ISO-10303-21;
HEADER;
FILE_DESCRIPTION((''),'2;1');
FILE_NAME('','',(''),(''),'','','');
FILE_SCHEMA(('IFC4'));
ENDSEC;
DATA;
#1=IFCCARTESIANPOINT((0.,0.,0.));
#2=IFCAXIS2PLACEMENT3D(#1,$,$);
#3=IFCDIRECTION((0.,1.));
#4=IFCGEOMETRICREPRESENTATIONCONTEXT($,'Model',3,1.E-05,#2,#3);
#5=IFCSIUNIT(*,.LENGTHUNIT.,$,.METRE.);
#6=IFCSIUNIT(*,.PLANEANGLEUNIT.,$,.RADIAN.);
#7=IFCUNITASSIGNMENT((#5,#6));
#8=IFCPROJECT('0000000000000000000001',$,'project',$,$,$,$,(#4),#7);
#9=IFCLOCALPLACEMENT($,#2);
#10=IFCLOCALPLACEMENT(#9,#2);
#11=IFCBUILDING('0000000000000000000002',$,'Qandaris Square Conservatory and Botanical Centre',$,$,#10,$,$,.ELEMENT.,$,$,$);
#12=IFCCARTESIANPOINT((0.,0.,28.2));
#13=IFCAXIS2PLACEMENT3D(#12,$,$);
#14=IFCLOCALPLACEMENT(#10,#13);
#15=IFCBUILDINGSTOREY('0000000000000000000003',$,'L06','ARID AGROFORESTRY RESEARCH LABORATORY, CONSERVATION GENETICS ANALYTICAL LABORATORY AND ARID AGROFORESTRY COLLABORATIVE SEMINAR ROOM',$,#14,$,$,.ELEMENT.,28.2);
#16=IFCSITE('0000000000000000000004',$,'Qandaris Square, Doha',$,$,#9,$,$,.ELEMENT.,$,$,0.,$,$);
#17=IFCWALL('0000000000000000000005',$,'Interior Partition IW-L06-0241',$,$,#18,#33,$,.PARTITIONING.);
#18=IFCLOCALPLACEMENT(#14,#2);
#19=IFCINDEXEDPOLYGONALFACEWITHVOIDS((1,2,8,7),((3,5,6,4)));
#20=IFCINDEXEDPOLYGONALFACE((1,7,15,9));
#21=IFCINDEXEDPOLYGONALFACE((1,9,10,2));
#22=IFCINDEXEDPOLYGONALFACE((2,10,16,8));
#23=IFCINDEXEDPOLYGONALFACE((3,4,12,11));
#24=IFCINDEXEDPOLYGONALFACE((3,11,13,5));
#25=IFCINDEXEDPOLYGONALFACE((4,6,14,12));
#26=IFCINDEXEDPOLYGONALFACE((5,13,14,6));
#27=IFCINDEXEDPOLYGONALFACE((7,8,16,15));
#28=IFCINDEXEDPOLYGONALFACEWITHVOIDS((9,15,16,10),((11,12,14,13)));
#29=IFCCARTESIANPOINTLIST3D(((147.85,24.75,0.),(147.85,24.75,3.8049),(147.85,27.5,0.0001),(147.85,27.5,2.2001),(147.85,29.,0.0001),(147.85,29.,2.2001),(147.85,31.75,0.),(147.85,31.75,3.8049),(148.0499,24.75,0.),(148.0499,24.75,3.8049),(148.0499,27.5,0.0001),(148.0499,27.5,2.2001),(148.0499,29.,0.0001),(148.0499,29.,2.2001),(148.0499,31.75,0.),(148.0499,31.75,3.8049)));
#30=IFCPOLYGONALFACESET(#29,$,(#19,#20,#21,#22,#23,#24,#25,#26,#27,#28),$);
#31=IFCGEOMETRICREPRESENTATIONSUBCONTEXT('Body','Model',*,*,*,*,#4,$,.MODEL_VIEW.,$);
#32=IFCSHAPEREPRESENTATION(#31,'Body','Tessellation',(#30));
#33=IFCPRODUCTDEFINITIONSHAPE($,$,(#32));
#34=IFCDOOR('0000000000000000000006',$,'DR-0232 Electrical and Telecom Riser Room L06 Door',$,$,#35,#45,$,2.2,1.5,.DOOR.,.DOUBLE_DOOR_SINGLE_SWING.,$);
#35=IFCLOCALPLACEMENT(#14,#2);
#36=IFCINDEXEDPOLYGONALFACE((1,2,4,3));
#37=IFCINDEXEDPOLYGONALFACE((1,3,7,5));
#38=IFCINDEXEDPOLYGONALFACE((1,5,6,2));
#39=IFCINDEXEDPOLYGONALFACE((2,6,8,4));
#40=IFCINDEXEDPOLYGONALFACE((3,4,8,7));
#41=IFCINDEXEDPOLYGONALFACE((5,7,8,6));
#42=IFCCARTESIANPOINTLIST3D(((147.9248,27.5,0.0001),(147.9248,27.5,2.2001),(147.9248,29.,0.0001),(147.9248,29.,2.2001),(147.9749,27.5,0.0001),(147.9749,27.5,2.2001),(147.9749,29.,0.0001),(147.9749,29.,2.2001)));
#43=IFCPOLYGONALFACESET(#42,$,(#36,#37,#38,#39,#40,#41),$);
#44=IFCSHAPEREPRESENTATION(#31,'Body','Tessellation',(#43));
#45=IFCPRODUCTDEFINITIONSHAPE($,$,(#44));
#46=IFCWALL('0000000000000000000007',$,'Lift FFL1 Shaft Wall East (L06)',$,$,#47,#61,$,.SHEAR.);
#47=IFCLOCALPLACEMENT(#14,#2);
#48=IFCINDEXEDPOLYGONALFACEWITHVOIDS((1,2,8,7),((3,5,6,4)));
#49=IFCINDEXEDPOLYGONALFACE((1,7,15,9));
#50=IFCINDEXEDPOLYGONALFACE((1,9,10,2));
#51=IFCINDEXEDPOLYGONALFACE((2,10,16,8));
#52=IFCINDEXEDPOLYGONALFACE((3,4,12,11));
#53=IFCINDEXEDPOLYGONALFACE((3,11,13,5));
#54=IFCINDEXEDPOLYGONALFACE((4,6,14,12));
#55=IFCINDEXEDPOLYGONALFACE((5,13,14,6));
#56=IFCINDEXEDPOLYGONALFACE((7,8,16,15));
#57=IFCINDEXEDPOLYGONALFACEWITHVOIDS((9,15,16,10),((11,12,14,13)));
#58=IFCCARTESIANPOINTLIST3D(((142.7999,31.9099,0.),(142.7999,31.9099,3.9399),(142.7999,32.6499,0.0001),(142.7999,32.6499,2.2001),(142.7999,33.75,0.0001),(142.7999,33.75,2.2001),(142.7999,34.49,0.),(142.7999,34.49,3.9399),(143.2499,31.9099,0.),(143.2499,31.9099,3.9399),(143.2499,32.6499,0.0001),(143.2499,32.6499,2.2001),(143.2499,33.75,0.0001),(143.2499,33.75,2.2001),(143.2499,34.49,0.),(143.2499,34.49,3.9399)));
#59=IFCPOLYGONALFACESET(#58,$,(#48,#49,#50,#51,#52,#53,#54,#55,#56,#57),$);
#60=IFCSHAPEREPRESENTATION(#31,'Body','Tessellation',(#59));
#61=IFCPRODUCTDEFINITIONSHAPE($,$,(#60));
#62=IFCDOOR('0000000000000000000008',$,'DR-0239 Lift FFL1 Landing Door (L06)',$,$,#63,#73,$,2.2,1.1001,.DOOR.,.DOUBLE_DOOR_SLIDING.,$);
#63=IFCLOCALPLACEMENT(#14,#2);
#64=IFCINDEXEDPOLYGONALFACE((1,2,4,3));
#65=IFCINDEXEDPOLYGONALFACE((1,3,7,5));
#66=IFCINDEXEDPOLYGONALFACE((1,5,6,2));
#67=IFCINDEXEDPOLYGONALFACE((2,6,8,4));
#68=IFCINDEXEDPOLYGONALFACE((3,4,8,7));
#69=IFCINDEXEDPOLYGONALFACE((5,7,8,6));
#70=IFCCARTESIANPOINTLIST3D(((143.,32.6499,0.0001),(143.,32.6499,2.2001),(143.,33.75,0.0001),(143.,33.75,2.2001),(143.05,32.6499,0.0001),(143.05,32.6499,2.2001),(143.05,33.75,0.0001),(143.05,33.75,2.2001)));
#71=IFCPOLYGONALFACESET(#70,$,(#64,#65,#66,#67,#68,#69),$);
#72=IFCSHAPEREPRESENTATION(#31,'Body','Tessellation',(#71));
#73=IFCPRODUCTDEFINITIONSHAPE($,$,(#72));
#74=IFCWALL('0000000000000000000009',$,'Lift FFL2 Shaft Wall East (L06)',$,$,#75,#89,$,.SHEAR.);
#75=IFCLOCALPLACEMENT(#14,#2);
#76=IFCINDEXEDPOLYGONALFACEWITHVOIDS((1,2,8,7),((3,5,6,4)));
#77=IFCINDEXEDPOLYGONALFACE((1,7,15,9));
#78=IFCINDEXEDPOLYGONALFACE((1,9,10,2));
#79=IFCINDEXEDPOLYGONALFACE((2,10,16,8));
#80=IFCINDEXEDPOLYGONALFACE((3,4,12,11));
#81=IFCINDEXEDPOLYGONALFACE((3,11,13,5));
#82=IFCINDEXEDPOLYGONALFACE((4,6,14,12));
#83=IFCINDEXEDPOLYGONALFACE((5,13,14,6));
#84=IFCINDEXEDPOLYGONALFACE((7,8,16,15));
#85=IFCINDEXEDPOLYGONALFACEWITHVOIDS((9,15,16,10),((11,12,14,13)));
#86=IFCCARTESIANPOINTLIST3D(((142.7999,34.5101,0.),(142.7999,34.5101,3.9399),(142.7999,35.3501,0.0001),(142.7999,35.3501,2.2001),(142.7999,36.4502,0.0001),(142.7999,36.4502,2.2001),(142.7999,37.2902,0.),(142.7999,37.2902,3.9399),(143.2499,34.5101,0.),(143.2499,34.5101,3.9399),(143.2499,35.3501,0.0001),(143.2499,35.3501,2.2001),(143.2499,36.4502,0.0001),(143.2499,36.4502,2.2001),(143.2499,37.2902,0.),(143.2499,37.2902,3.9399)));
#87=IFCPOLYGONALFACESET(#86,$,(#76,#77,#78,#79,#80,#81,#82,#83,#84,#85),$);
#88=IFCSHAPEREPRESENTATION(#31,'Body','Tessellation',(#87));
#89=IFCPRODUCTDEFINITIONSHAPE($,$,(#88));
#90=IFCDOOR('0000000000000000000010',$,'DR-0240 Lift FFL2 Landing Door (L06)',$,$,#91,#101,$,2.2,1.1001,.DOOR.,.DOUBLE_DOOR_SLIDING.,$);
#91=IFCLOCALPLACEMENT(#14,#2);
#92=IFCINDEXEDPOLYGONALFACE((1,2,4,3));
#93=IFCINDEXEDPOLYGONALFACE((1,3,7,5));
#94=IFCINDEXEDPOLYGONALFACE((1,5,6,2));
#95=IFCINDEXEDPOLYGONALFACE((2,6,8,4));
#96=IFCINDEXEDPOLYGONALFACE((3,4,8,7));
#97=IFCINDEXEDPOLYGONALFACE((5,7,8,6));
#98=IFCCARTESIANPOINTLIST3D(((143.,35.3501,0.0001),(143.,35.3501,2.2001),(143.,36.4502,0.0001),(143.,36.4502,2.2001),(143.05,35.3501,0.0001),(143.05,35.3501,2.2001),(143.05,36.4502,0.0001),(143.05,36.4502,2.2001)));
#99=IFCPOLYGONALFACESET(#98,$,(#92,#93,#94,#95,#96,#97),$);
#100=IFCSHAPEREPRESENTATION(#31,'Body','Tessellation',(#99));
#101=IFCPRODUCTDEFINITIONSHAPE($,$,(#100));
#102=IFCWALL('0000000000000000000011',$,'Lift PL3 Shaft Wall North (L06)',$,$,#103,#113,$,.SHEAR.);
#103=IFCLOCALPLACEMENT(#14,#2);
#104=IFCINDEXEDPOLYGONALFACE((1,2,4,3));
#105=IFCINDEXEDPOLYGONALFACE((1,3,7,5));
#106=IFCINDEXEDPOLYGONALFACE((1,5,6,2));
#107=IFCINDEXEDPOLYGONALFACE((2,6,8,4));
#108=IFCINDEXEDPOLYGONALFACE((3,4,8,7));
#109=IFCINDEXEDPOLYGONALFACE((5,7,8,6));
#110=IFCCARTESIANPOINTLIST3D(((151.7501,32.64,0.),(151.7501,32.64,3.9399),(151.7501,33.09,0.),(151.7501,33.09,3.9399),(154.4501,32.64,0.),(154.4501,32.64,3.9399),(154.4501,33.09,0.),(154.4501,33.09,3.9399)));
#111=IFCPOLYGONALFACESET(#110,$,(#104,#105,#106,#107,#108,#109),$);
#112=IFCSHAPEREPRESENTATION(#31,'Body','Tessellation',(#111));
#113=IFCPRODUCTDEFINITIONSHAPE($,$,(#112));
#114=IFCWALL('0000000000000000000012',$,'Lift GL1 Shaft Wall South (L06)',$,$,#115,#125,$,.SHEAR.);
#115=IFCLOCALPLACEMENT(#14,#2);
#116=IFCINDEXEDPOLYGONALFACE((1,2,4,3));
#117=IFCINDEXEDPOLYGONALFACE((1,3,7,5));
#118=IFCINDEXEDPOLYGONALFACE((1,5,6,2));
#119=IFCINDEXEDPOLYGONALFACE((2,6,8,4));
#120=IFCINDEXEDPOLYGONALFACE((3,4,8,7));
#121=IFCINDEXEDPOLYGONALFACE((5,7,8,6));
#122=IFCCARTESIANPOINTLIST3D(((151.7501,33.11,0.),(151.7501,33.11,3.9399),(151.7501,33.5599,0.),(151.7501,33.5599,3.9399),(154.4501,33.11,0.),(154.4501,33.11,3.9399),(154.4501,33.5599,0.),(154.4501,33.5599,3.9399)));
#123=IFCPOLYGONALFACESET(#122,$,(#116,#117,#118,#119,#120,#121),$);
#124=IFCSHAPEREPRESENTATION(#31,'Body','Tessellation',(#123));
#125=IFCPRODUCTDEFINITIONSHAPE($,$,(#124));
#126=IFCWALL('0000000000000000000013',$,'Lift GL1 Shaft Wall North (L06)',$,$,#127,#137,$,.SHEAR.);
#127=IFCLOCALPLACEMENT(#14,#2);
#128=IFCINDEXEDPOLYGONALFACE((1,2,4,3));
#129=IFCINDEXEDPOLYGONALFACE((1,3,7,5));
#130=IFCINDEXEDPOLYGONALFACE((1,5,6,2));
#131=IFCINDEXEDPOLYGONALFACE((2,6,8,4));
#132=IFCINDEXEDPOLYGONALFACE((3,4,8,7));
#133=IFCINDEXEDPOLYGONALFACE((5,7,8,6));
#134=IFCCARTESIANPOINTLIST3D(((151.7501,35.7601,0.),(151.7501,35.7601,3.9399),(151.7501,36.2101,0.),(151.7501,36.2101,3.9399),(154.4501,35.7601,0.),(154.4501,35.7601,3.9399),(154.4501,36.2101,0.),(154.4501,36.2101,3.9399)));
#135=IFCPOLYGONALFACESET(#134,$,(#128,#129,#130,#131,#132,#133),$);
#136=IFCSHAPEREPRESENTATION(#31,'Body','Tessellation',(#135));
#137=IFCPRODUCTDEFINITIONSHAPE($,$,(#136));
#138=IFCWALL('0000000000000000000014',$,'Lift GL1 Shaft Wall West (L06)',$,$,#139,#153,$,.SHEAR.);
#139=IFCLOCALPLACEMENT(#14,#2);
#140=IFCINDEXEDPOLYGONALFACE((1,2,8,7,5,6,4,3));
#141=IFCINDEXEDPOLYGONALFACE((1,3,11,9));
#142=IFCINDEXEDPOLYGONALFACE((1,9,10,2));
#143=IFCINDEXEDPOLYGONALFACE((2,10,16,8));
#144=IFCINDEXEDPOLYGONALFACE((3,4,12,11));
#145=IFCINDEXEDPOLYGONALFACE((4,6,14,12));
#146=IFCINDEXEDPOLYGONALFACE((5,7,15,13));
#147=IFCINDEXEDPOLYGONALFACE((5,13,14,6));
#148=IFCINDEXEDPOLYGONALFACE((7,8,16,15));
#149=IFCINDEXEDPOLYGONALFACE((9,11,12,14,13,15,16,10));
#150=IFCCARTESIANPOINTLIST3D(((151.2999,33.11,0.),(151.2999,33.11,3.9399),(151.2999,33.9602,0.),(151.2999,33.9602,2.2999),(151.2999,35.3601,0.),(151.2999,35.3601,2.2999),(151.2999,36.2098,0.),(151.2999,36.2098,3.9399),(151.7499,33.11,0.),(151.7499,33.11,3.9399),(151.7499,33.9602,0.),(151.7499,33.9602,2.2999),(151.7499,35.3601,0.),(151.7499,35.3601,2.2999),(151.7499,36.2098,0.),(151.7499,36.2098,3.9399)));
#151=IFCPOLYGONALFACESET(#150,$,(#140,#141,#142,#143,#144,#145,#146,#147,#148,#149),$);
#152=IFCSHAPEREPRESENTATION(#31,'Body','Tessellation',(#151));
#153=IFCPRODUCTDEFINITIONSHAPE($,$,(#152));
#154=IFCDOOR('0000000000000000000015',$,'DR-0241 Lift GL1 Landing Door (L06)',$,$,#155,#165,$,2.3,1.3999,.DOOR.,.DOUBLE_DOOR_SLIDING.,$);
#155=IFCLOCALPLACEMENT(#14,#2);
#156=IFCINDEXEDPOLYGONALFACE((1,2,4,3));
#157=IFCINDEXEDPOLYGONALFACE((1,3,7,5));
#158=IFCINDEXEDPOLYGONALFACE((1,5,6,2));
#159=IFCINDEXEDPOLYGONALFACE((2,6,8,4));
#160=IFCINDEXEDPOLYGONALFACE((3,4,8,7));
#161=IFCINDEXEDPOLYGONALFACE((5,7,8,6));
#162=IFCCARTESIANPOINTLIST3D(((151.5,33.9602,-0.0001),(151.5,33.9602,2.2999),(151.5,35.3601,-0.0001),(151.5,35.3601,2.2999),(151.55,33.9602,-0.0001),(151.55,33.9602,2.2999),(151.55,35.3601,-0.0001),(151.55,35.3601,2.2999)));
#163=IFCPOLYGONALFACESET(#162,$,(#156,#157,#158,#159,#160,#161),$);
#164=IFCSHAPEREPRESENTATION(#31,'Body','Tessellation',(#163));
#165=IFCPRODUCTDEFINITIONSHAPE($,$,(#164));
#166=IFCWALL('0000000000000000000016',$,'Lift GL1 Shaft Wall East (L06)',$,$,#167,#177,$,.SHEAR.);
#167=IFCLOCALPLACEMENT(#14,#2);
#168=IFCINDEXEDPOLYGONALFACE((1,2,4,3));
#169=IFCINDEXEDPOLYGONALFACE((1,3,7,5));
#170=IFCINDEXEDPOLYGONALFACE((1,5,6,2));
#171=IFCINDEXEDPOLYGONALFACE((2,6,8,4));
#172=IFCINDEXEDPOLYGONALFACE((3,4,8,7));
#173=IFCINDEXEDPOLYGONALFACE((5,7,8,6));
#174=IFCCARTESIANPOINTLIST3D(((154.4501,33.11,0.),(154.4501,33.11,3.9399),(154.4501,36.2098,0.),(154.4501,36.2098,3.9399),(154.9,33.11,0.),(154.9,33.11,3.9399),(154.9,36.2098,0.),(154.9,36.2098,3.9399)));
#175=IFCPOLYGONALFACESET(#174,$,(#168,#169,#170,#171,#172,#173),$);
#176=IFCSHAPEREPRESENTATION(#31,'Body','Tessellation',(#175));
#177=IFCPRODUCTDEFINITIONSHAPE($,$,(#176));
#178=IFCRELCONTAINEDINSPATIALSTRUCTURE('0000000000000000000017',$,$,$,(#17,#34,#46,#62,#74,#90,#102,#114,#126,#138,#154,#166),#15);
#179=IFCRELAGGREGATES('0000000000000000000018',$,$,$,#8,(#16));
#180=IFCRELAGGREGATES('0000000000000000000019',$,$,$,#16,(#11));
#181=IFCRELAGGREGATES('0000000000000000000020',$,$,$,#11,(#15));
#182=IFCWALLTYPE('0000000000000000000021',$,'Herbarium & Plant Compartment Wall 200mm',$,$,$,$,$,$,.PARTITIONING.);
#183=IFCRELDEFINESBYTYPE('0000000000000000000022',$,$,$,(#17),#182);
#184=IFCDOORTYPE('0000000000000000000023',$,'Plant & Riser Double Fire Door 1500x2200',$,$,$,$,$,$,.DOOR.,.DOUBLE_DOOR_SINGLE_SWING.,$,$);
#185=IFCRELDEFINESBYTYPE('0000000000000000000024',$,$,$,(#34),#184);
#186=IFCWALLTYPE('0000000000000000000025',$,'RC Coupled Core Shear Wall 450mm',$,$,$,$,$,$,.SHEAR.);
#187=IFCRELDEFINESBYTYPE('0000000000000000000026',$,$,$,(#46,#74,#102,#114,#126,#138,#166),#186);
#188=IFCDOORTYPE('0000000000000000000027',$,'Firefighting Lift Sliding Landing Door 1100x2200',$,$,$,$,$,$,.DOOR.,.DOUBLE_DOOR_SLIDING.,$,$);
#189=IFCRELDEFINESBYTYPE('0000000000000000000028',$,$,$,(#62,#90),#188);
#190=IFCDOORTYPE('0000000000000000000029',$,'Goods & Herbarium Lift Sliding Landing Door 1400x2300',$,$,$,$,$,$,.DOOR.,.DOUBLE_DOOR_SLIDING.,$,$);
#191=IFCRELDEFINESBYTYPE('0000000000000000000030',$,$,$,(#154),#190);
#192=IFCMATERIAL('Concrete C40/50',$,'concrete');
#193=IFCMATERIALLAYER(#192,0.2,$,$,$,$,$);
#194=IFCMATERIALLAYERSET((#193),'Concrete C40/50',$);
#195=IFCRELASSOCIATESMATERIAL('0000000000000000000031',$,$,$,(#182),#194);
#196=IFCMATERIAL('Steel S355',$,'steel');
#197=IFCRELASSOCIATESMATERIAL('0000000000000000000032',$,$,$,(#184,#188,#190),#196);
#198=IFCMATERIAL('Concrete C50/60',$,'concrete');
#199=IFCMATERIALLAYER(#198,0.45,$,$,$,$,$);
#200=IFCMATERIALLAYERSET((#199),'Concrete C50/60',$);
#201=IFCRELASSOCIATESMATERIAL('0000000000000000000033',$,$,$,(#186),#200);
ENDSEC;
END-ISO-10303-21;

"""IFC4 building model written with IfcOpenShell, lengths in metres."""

from ifc_helpers import new_model, si_unit, direction, frame, frame_2d, origin, place, context, subcontext, project, spatial, rectangle, extrude, material, layer, layer_set, type_object, element, fill, save


model = new_model("IFC4")

# Units and contexts
model_context = context("Model", 3, precision=1e-05, world=origin(), true_north=direction((0.0, 1.0)))
body_context = subcontext(model_context, "Body", "Model", "MODEL_VIEW")
ifc_project = project(units=[si_unit("LENGTHUNIT", "METRE"), si_unit("PLANEANGLEUNIT", "RADIAN")], contexts=[model_context])

# Site, building, storey
site_placement = place(None, origin())
site = spatial("IfcSite", under=ifc_project, at=site_placement, Name="Qandaris Square, Doha", CompositionType="ELEMENT", RefElevation=0.0)
building_placement = place(site_placement, origin())
building = spatial("IfcBuilding", under=site, at=building_placement, Name="Qandaris Square Conservatory and Botanical Centre", CompositionType="ELEMENT")
storey_placement = place(building_placement, frame((0.0, 0.0, 28.2)))
storey = spatial("IfcBuildingStorey", under=building, at=storey_placement, Name="L06", Description="ARID AGROFORESTRY RESEARCH LABORATORY, CONSERVATION GENETICS ANALYTICAL LABORATORY AND ARID AGROFORESTRY COLLABORATIVE SEMINAR ROOM", CompositionType="ELEMENT", Elevation=28.2)

# Shared definitions
ifc_material_1 = material(Name="Concrete C50/60", Category="concrete")

# Shared definitions
ifc_material_2 = material(Name="Steel S355", Category="steel")

# Shared definitions
ifc_material_3 = material(Name="Concrete C40/50", Category="concrete")

# Walls, openings, doors
ifc_layer_1 = layer(ifc_material_3, 0.2)
ifc_layer_set_1 = layer_set([ifc_layer_1], Name="Concrete C40/50")
wall_type_1 = type_object("IfcWallType", Name="Herbarium & Plant Compartment Wall 200mm", PredefinedType="PARTITIONING", material=ifc_layer_set_1)
wall_1_placement = place(storey_placement, frame((147.95, 31.75, 0.0), z_axis=(0.0, 0.0, 1.0), x_axis=(0.0, -1.0, 0.0)))
wall_1 = element("IfcWall", 1, at=wall_1_placement, inside=storey, type_object=wall_type_1, Name="Interior Partition IW-L06-0241", PredefinedType="PARTITIONING", context=body_context, shape_type="SweptSolid", body=[
    extrude(rectangle(XDim=7.0, YDim=0.2, at=frame_2d((3.5, 0.0))), origin(), (0.0, 0.0, 1.0), 3.8049),
])
opening_1_placement = place(wall_1_placement, frame((2.75, 0.0, 0.0)))
opening_1 = element("IfcOpeningElement", 2, at=opening_1_placement, cuts=wall_1, PredefinedType="OPENING", context=body_context, shape_type="SweptSolid", body=[
    extrude(rectangle(XDim=1.5, YDim=2.2, at=frame_2d((0.75, 1.1001))), frame((0.0, 0.1118, 0.0), z_axis=(0.0, -1.0, 0.0), x_axis=(1.0, 0.0, 0.0)), (0.0, 0.0, 1.0), 0.2239),
])
door_type_1 = type_object("IfcDoorType", Name="Plant & Riser Double Fire Door 1500x2200", OperationType="DOUBLE_DOOR_SINGLE_SWING", PredefinedType="DOOR", material=ifc_material_2)
door_1_placement = place(opening_1_placement, origin())
door_1 = element("IfcDoor", 3, at=door_1_placement, inside=storey, type_object=door_type_1, Name="DR-0232 Electrical and Telecom Riser Room L06 Door", OperationType="DOUBLE_DOOR_SINGLE_SWING", OverallHeight=2.2, OverallWidth=1.5, PredefinedType="DOOR", context=body_context, shape_type="SweptSolid", body=[
    extrude(rectangle(XDim=1.5, YDim=2.2, at=frame_2d((0.75, 1.1001))), frame((0.0, 0.0249, 0.0), z_axis=(0.0, -1.0, 0.0), x_axis=(1.0, 0.0, 0.0)), (0.0, 0.0, 1.0), 0.05),
])
fill(opening_1, door_1)
ifc_layer_2 = layer(ifc_material_1, 0.45)
ifc_layer_set_2 = layer_set([ifc_layer_2], Name="Concrete C50/60")
wall_type_2 = type_object("IfcWallType", Name="RC Coupled Core Shear Wall 450mm", PredefinedType="SHEAR", material=ifc_layer_set_2)
wall_2_placement = place(storey_placement, frame((143.0249, 31.9099, 0.0), z_axis=(0.0, 0.0, 1.0), x_axis=(0.0, 1.0, 0.0)))
wall_2 = element("IfcWall", 4, at=wall_2_placement, inside=storey, type_object=wall_type_2, Name="Lift FFL1 Shaft Wall East (L06)", PredefinedType="SHEAR", context=body_context, shape_type="SweptSolid", body=[
    extrude(rectangle(XDim=2.5801, YDim=0.45, at=frame_2d((1.29, 0.0))), origin(), (0.0, 0.0, 1.0), 3.9399),
])
opening_2_placement = place(wall_2_placement, frame((0.74, 0.0, 0.0)))
opening_2 = element("IfcOpeningElement", 5, at=opening_2_placement, cuts=wall_2, PredefinedType="OPENING", context=body_context, shape_type="SweptSolid", body=[
    extrude(rectangle(XDim=1.1001, YDim=2.2, at=frame_2d((0.55, 1.1001))), frame((0.0, 0.2368, 0.0), z_axis=(0.0, -1.0, 0.0), x_axis=(1.0, 0.0, 0.0)), (0.0, 0.0, 1.0), 0.4739),
])
door_type_2 = type_object("IfcDoorType", Name="Firefighting Lift Sliding Landing Door 1100x2200", OperationType="DOUBLE_DOOR_SLIDING", PredefinedType="DOOR", material=ifc_material_2)
door_2_placement = place(opening_2_placement, origin())
door_2 = element("IfcDoor", 6, at=door_2_placement, inside=storey, type_object=door_type_2, Name="DR-0239 Lift FFL1 Landing Door (L06)", OperationType="DOUBLE_DOOR_SLIDING", OverallHeight=2.2, OverallWidth=1.1001, PredefinedType="DOOR", context=body_context, shape_type="SweptSolid", body=[
    extrude(rectangle(XDim=1.1001, YDim=2.2, at=frame_2d((0.55, 1.1001))), frame((0.0, 0.0249, 0.0), z_axis=(0.0, -1.0, 0.0), x_axis=(1.0, 0.0, 0.0)), (0.0, 0.0, 1.0), 0.05),
])
fill(opening_2, door_2)
wall_3_placement = place(storey_placement, frame((143.0249, 34.51, 0.0), z_axis=(0.0, 0.0, 1.0), x_axis=(0.0, 1.0, 0.0)))
wall_3 = element("IfcWall", 7, at=wall_3_placement, inside=storey, type_object=wall_type_2, Name="Lift FFL2 Shaft Wall East (L06)", PredefinedType="SHEAR", context=body_context, shape_type="SweptSolid", body=[
    extrude(rectangle(XDim=2.78, YDim=0.45, at=frame_2d((1.3901, 0.0))), origin(), (0.0, 0.0, 1.0), 3.9399),
])
opening_3_placement = place(wall_3_placement, frame((0.8401, 0.0, 0.0)))
opening_3 = element("IfcOpeningElement", 8, at=opening_3_placement, cuts=wall_3, PredefinedType="OPENING", context=body_context, shape_type="SweptSolid", body=[
    extrude(rectangle(XDim=1.1001, YDim=2.2, at=frame_2d((0.55, 1.1001))), frame((0.0, 0.2368, 0.0), z_axis=(0.0, -1.0, 0.0), x_axis=(1.0, 0.0, 0.0)), (0.0, 0.0, 1.0), 0.4739),
])
door_3_placement = place(opening_3_placement, origin())
door_3 = element("IfcDoor", 9, at=door_3_placement, inside=storey, type_object=door_type_2, Name="DR-0240 Lift FFL2 Landing Door (L06)", OperationType="DOUBLE_DOOR_SLIDING", OverallHeight=2.2, OverallWidth=1.1001, PredefinedType="DOOR", context=body_context, shape_type="SweptSolid", body=[
    extrude(rectangle(XDim=1.1001, YDim=2.2, at=frame_2d((0.55, 1.1001))), frame((0.0, 0.0249, 0.0), z_axis=(0.0, -1.0, 0.0), x_axis=(1.0, 0.0, 0.0)), (0.0, 0.0, 1.0), 0.05),
])
fill(opening_3, door_3)

# Walls
for number, where, z_axis, x_axis, name in (
    (10, (151.75, 32.865, 0.0), (0.0, 0.0, 1.0), (1.0, 0.0, 0.0), "Lift PL3 Shaft Wall North (L06)"),
    (11, (151.75, 33.335, 0.0), (0.0, 0.0, 1.0), (1.0, 0.0, 0.0), "Lift GL1 Shaft Wall South (L06)"),
    (12, (151.75, 35.9851, 0.0), (0.0, 0.0, 1.0), (1.0, 0.0, 0.0), "Lift GL1 Shaft Wall North (L06)"),
):
    element("IfcWall", number, at=place(storey_placement, frame(where, z_axis=z_axis, x_axis=x_axis)), inside=storey, type_object=wall_type_2, Name=name, PredefinedType="SHEAR", context=body_context, shape_type="SweptSolid", body=[
        extrude(rectangle(XDim=2.7, YDim=0.45, at=frame_2d((1.3501, 0.0))), origin(), (0.0, 0.0, 1.0), 3.9399),
    ])

# Wall, opening, door
wall_4_placement = place(storey_placement, frame((151.5249, 33.1101, 0.0), z_axis=(0.0, 0.0, 1.0), x_axis=(0.0, 1.0, 0.0)))
wall_4 = element("IfcWall", 13, at=wall_4_placement, inside=storey, type_object=wall_type_2, Name="Lift GL1 Shaft Wall West (L06)", PredefinedType="SHEAR", context=body_context, shape_type="SweptSolid", body=[
    extrude(rectangle(XDim=3.0999, YDim=0.45, at=frame_2d((1.5498, 0.0))), origin(), (0.0, 0.0, 1.0), 3.9399),
])
opening_4_placement = place(wall_4_placement, frame((0.8501, 0.0, 0.0)))
opening_4 = element("IfcOpeningElement", 14, at=opening_4_placement, cuts=wall_4, PredefinedType="OPENING", context=body_context, shape_type="SweptSolid", body=[
    extrude(rectangle(XDim=1.3999, YDim=2.3, at=frame_2d((0.7, 1.1499))), frame((0.0, 0.2368, 0.0), z_axis=(0.0, -1.0, 0.0), x_axis=(1.0, 0.0, 0.0)), (0.0, 0.0, 1.0), 0.4739),
])
door_type_3 = type_object("IfcDoorType", Name="Goods & Herbarium Lift Sliding Landing Door 1400x2300", OperationType="DOUBLE_DOOR_SLIDING", PredefinedType="DOOR", material=ifc_material_2)
door_4_placement = place(opening_4_placement, origin())
door_4 = element("IfcDoor", 15, at=door_4_placement, inside=storey, type_object=door_type_3, Name="DR-0241 Lift GL1 Landing Door (L06)", OperationType="DOUBLE_DOOR_SLIDING", OverallHeight=2.3, OverallWidth=1.3999, PredefinedType="DOOR", context=body_context, shape_type="SweptSolid", body=[
    extrude(rectangle(XDim=1.3999, YDim=2.3, at=frame_2d((0.7, 1.1499))), frame((0.0, 0.0249, 0.0), z_axis=(0.0, -1.0, 0.0), x_axis=(1.0, 0.0, 0.0)), (0.0, 0.0, 1.0), 0.05),
])
fill(opening_4, door_4)

# Wall
wall_5_placement = place(storey_placement, frame((154.675, 33.1101, 0.0), z_axis=(0.0, 0.0, 1.0), x_axis=(0.0, 1.0, 0.0)))
element("IfcWall", 16, at=wall_5_placement, inside=storey, type_object=wall_type_2, Name="Lift GL1 Shaft Wall East (L06)", PredefinedType="SHEAR", context=body_context, shape_type="SweptSolid", body=[
    extrude(rectangle(XDim=3.0999, YDim=0.45, at=frame_2d((1.5498, 0.0))), origin(), (0.0, 0.0, 1.0), 3.9399),
])

save(model, "model.ifc")
